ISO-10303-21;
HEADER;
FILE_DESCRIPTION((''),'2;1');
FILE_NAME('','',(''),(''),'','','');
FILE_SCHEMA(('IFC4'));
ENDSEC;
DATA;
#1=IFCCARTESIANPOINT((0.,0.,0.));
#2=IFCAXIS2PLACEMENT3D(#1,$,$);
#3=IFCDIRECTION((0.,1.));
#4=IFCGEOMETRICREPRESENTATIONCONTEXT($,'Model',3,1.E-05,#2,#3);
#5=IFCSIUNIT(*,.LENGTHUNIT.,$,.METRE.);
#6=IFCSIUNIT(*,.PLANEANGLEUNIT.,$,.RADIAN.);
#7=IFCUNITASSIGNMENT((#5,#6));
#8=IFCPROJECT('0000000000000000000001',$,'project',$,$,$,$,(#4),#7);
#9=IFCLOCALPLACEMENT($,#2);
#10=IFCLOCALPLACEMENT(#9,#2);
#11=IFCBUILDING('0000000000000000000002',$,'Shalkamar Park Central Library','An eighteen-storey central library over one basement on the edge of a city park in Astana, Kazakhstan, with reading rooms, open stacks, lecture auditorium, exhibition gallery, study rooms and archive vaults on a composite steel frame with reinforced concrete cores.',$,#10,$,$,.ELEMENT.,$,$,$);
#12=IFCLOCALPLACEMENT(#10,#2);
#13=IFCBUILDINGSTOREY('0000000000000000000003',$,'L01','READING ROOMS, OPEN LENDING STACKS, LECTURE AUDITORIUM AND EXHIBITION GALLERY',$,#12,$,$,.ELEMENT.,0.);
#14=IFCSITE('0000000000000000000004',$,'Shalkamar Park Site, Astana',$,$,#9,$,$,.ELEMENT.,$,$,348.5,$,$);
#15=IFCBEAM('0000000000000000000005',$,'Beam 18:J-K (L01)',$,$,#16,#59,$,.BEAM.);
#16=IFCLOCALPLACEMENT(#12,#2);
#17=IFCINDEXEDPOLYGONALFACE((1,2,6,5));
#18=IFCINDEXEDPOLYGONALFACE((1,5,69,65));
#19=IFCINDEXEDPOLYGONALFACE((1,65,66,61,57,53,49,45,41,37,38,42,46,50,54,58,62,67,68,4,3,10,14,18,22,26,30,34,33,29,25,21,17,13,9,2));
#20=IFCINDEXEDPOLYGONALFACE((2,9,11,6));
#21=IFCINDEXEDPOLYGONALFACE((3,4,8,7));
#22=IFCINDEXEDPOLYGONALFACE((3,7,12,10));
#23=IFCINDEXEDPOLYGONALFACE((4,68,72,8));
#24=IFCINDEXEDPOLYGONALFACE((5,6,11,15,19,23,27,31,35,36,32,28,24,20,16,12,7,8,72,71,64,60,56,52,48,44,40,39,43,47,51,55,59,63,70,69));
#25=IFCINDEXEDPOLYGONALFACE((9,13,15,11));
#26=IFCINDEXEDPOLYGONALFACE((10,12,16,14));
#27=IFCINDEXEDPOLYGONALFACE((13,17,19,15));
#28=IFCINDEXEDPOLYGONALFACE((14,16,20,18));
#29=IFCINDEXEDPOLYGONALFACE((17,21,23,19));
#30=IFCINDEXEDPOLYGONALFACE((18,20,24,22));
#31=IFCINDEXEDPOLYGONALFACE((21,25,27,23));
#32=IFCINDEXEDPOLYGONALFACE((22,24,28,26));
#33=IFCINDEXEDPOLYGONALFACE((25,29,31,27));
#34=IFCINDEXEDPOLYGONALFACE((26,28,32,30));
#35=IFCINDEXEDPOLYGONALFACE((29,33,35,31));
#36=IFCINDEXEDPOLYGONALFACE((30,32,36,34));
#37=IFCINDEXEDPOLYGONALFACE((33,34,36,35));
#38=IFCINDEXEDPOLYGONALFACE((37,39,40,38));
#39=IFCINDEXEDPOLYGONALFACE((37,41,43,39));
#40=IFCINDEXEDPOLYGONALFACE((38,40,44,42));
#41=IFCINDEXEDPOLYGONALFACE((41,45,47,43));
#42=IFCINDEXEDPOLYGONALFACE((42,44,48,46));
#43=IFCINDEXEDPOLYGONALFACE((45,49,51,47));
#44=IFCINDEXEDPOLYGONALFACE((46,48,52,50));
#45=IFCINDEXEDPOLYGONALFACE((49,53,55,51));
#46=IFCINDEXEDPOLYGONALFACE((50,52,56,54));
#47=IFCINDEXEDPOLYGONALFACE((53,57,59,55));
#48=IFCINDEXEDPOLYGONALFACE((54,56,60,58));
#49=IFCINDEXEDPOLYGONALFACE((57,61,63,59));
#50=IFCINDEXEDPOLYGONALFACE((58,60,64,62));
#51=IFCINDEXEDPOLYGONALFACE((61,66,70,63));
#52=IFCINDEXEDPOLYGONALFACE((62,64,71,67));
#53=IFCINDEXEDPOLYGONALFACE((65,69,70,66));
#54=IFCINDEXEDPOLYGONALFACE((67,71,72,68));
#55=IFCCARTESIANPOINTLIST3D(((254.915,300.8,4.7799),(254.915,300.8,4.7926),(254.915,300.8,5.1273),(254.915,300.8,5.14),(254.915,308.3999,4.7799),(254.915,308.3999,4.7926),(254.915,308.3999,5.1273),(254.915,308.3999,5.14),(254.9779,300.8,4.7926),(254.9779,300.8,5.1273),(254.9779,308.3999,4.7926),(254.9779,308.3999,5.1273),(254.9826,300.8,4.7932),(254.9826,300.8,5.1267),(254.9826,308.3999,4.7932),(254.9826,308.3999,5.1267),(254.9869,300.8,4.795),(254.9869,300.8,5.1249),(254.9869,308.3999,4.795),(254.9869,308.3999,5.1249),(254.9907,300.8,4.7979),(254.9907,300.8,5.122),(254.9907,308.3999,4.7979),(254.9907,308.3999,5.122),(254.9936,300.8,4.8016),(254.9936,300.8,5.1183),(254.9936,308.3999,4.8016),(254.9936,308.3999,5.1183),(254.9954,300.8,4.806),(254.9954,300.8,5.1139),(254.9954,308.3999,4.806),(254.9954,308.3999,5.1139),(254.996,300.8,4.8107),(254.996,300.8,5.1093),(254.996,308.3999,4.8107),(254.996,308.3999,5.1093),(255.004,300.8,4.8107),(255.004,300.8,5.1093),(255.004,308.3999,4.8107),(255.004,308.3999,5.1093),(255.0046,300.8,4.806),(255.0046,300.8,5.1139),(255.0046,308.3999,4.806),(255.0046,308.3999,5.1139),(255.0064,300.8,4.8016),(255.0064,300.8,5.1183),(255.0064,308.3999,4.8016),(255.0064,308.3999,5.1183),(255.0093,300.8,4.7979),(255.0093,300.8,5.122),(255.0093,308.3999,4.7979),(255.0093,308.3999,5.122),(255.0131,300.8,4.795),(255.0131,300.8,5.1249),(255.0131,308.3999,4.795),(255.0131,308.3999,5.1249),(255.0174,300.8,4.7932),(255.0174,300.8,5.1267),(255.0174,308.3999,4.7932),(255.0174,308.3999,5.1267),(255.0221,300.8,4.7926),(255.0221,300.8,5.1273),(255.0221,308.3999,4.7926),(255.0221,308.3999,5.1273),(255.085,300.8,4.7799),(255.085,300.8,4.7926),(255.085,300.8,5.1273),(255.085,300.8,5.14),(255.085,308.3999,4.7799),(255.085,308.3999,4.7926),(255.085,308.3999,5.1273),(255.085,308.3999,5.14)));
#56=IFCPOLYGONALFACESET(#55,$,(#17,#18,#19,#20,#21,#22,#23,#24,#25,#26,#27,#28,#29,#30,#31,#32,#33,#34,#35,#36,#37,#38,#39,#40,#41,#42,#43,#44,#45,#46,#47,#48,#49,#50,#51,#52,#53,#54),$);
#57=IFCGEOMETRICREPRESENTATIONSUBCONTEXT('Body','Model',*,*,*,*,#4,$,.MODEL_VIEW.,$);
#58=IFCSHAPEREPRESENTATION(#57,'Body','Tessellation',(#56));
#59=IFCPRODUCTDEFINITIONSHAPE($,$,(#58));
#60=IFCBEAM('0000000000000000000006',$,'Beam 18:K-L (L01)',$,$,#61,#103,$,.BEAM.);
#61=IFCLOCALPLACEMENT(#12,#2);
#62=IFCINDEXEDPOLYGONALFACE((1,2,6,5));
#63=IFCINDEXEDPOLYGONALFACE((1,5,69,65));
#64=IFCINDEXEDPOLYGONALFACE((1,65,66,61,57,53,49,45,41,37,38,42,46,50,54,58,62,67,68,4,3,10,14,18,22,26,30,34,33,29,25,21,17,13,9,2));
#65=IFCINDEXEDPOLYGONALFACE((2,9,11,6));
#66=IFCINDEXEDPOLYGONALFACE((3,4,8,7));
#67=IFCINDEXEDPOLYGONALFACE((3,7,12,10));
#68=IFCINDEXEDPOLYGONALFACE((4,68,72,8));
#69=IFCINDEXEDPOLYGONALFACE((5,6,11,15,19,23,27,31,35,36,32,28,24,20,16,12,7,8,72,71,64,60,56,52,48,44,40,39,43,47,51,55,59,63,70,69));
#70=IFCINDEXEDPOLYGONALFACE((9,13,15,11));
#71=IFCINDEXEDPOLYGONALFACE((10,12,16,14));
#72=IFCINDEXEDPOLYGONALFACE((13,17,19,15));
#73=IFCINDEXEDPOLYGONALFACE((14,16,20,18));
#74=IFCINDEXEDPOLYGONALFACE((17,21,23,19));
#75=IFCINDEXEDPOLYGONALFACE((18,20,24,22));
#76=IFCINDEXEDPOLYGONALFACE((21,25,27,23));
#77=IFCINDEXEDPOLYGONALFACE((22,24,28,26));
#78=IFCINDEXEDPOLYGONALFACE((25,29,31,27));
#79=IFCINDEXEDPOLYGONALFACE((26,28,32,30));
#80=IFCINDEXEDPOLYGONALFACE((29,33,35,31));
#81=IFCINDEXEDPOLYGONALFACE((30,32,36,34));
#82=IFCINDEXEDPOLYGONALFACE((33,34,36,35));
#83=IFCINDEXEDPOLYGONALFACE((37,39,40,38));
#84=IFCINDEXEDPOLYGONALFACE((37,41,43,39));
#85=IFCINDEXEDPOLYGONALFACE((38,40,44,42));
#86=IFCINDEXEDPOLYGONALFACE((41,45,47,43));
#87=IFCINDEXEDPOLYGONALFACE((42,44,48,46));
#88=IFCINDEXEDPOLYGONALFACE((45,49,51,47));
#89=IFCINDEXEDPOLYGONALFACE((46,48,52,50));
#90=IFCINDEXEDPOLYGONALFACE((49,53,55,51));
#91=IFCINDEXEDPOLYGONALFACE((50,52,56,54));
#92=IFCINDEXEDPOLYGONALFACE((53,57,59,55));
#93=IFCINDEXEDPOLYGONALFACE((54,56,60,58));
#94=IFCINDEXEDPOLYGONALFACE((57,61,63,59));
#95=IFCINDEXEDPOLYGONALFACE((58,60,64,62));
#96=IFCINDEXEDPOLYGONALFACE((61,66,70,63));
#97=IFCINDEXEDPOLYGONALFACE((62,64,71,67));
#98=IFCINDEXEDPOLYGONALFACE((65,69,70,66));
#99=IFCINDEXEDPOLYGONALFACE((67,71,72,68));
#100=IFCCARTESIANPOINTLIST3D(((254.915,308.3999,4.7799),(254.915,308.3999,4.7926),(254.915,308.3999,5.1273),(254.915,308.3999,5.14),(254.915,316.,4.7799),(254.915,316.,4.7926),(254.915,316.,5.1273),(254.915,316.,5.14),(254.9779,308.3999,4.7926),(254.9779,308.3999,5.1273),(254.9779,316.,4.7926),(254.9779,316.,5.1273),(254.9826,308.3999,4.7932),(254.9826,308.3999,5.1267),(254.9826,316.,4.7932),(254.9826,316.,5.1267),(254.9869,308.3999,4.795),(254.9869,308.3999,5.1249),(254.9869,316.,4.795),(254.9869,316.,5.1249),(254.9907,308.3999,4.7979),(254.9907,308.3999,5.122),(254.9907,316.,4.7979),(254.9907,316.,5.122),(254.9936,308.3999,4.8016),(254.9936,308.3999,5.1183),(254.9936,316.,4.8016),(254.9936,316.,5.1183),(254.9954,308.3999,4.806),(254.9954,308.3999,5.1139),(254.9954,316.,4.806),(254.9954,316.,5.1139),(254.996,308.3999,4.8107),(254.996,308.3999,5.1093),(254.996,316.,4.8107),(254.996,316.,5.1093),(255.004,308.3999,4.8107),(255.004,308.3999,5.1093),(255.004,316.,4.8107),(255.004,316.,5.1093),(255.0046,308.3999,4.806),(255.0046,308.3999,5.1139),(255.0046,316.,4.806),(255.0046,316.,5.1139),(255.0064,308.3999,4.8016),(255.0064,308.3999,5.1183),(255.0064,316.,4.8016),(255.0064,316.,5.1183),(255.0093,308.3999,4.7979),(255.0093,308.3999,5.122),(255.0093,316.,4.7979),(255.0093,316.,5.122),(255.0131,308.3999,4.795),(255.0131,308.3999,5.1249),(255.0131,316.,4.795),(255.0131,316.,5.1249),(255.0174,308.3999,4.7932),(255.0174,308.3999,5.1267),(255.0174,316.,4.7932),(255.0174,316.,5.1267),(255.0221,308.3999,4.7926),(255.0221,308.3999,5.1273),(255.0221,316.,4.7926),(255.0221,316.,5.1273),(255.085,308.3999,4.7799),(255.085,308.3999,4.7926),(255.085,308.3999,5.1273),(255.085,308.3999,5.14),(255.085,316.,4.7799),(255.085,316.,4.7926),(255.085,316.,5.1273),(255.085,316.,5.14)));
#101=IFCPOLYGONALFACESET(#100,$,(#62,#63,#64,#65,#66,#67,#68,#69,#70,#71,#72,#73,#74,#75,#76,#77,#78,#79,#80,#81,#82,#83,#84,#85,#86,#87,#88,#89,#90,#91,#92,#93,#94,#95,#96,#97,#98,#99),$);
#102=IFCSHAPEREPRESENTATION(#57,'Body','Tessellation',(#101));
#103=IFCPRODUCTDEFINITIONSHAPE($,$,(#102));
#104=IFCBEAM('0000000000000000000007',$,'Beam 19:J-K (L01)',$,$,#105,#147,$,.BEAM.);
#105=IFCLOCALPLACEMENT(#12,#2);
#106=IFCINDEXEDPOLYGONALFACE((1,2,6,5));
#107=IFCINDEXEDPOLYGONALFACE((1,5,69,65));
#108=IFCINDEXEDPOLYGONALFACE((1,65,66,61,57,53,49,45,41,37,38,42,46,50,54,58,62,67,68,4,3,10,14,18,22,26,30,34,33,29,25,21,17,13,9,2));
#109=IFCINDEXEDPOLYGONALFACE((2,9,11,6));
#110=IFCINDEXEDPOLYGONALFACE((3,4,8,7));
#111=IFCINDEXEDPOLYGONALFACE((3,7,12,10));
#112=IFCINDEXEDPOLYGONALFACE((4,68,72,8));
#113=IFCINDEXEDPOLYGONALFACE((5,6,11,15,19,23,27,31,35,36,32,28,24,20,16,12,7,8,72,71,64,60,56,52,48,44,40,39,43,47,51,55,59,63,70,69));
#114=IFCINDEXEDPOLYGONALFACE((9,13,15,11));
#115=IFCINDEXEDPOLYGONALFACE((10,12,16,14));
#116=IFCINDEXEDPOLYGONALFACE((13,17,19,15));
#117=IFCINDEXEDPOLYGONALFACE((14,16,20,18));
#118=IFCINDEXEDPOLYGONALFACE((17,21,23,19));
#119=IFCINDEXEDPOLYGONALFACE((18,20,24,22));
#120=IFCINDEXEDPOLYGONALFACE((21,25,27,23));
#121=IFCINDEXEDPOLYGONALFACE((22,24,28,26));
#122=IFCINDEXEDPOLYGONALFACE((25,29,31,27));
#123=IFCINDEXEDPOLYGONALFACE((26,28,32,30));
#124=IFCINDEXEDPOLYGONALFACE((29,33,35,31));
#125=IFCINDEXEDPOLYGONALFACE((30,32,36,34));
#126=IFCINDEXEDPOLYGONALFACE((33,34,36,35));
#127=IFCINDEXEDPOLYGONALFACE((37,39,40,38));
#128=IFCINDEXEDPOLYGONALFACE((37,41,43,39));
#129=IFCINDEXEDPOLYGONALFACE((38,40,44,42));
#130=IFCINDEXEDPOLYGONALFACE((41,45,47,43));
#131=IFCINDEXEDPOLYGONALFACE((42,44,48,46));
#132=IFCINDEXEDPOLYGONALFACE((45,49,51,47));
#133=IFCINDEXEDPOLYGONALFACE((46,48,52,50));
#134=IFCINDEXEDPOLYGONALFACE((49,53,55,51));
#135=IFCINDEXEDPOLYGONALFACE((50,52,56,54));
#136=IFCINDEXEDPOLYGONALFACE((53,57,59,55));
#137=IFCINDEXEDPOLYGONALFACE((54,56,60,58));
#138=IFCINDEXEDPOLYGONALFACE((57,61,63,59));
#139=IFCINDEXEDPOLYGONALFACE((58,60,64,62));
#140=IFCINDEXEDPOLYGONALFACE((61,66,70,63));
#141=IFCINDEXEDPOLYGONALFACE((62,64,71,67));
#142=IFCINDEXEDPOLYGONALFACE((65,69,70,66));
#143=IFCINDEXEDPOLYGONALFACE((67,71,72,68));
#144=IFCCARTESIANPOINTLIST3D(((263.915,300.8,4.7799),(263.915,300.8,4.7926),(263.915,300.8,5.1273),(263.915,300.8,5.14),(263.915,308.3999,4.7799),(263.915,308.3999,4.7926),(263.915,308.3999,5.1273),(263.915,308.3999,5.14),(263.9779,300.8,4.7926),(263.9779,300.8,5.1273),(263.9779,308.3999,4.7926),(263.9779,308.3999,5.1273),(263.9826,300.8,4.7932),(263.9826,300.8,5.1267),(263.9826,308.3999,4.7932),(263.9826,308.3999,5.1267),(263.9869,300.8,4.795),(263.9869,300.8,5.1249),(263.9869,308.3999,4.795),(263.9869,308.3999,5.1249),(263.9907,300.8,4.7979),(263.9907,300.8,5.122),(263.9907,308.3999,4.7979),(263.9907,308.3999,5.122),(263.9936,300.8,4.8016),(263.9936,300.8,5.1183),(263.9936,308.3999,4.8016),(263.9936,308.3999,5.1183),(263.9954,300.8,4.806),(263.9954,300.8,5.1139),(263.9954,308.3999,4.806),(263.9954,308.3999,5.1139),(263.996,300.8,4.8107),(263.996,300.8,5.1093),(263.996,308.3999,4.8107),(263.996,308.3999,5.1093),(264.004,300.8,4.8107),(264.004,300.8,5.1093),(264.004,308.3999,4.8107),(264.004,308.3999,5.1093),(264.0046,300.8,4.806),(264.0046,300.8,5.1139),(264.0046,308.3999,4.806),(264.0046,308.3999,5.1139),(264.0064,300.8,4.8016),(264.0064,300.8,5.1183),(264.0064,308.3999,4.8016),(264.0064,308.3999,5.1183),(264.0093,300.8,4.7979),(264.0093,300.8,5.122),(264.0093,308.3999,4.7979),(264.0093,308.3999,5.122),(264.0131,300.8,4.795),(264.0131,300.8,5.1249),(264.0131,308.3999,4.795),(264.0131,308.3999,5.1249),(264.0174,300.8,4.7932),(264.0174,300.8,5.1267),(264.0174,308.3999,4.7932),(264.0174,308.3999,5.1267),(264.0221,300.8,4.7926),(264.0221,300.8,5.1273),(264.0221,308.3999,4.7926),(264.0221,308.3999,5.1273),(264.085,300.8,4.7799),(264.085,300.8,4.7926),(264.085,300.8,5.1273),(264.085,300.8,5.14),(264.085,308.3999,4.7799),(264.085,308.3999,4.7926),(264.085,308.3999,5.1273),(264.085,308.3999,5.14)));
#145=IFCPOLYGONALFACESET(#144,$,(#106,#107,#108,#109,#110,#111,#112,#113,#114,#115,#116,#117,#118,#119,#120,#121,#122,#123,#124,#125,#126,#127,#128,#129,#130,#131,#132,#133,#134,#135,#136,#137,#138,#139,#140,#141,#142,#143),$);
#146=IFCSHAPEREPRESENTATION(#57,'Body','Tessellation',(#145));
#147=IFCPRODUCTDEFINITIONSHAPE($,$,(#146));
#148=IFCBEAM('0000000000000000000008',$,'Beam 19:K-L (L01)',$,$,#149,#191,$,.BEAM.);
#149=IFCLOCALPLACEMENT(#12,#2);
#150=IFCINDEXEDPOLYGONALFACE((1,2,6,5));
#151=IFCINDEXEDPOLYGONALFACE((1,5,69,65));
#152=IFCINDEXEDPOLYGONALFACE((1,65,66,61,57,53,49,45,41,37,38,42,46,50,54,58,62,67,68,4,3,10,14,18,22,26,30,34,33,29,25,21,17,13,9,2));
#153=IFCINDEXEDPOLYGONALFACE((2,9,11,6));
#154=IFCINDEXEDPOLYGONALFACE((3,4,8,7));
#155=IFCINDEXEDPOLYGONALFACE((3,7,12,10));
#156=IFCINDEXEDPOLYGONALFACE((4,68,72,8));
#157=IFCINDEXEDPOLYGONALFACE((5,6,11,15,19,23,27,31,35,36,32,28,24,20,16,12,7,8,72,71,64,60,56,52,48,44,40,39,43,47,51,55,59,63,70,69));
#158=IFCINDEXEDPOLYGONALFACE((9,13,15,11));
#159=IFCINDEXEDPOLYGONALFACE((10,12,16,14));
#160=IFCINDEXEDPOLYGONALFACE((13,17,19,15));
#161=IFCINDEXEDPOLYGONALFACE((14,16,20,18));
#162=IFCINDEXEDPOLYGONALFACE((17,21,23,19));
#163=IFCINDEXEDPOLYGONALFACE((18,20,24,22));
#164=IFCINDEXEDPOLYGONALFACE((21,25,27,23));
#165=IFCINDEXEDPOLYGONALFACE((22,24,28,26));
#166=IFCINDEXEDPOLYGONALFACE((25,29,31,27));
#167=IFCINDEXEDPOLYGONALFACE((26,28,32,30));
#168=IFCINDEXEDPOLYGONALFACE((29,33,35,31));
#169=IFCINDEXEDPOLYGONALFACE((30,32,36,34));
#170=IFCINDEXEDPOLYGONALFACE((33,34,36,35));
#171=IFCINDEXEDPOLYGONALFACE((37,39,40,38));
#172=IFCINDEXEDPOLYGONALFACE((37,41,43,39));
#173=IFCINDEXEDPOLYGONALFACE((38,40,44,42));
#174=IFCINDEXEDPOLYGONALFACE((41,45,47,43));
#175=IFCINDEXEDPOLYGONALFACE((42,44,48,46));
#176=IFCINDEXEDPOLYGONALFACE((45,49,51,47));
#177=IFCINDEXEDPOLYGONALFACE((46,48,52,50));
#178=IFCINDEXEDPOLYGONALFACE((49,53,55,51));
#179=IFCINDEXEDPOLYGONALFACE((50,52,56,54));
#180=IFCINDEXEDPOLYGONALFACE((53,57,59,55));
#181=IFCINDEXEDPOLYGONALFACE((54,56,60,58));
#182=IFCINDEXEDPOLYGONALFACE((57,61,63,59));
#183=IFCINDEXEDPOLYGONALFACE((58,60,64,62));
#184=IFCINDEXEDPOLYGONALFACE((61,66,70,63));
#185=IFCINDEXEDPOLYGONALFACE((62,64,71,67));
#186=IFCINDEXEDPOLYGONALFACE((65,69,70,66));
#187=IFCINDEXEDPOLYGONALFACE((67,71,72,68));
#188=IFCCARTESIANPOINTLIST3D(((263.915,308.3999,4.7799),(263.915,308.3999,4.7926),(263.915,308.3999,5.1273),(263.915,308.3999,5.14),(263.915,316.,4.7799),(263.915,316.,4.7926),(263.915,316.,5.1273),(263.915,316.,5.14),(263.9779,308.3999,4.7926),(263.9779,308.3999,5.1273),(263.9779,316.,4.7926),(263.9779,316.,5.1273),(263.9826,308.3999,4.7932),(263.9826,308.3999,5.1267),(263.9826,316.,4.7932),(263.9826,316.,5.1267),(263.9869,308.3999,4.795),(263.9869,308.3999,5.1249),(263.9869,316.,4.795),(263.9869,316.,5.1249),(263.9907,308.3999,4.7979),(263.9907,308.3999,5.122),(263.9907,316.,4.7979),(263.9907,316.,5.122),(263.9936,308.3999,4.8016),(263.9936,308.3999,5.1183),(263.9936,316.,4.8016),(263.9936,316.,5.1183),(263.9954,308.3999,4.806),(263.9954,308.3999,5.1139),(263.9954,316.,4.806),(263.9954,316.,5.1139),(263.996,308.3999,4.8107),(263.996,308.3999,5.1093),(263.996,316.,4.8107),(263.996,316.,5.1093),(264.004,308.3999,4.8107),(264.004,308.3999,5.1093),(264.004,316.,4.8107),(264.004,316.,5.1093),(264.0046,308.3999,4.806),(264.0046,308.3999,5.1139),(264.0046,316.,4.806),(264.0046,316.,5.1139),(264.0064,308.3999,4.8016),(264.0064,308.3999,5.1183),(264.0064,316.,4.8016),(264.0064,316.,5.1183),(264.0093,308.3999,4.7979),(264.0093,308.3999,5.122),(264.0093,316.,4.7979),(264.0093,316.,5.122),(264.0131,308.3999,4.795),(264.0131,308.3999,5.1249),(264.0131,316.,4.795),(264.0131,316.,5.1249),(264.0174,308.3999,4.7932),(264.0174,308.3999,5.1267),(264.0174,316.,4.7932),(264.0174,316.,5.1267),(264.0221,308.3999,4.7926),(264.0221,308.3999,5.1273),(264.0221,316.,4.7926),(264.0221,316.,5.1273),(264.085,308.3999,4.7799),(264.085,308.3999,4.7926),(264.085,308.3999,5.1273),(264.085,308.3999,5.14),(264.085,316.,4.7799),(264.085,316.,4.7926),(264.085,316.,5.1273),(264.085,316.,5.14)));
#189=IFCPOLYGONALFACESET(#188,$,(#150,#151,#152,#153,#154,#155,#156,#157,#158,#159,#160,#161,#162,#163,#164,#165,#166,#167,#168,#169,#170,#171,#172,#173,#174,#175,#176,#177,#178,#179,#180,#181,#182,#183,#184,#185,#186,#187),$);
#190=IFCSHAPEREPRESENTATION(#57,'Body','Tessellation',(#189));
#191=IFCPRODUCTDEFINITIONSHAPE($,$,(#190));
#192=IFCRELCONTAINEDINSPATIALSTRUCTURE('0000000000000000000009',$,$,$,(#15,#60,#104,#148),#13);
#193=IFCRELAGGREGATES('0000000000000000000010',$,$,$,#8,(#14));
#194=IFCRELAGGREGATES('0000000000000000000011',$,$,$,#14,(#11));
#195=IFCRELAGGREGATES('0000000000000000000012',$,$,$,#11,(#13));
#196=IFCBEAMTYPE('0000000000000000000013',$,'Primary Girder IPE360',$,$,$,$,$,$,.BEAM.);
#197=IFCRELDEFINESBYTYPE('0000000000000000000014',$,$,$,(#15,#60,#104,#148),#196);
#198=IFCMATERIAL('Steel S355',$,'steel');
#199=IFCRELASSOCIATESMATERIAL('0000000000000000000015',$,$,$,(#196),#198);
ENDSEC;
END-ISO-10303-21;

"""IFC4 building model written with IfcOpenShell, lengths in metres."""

from ifc_helpers import new_model, si_unit, direction, frame, origin, origin_2d, place, context, subcontext, project, spatial, i_section, extrude, material, material_profile, profile_set, type_object, element, save


model = new_model("IFC4")

# Units and contexts
model_context = context("Model", 3, precision=1e-05, world=origin(), true_north=direction((0.0, 1.0)))
body_context = subcontext(model_context, "Body", "Model", "MODEL_VIEW")
ifc_project = project(units=[si_unit("LENGTHUNIT", "METRE"), si_unit("PLANEANGLEUNIT", "RADIAN")], contexts=[model_context])

# Site, building, storey
site_placement = place(None, origin())
site = spatial("IfcSite", under=ifc_project, at=site_placement, Name="Shalkamar Park Site, Astana", CompositionType="ELEMENT", RefElevation=348.5)
building_placement = place(site_placement, origin())
building = spatial("IfcBuilding", under=site, at=building_placement, Name="Shalkamar Park Central Library", Description="An eighteen-storey central library over one basement on the edge of a city park in Astana, Kazakhstan, with reading rooms, open stacks, lecture auditorium, exhibition gallery, study rooms and archive vaults on a composite steel frame with reinforced concrete cores.", CompositionType="ELEMENT")
storey_placement = place(building_placement, origin())
storey = spatial("IfcBuildingStorey", under=building, at=storey_placement, Name="L01", Description="READING ROOMS, OPEN LENDING STACKS, LECTURE AUDITORIUM AND EXHIBITION GALLERY", CompositionType="ELEMENT", Elevation=0.0)

# Shared definitions
ifc_material_1 = material(Name="Steel S355", Category="steel")

# Beams
ifc_material_profile_1 = material_profile(ifc_material_1, i_section(OverallWidth=0.1699, OverallDepth=0.3601, WebThickness=0.0081, FlangeThickness=0.0127, FilletRadius=0.0181, at=origin_2d()), Name="IPE 360")
ifc_profile_set_1 = profile_set([ifc_material_profile_1], Name="Steel S355")
beam_type_1 = type_object("IfcBeamType", Name="Primary Girder IPE360", PredefinedType="BEAM", material=ifc_profile_set_1)
beam_1_placement = place(storey_placement, frame((255.0, 300.8, 4.96), z_axis=(0.0, 1.0, 0.0), x_axis=(-1.0, 0.0, 0.0)))
element("IfcBeam", 1, at=beam_1_placement, inside=storey, type_object=beam_type_1, Name="Beam 18:J-K (L01)", PredefinedType="BEAM", context=body_context, shape_type="SweptSolid", body=[
    extrude(i_section(OverallWidth=0.1699, OverallDepth=0.3601, WebThickness=0.0081, FlangeThickness=0.0127, FilletRadius=0.0181, at=origin_2d()), origin(), (0.0, 0.0, 1.0), 7.5999),
])
beam_2_placement = place(storey_placement, frame((255.0, 308.3999, 4.96), z_axis=(0.0, 1.0, 0.0), x_axis=(-1.0, 0.0, 0.0)))
element("IfcBeam", 2, at=beam_2_placement, inside=storey, type_object=beam_type_1, Name="Beam 18:K-L (L01)", PredefinedType="BEAM", context=body_context, shape_type="SweptSolid", body=[
    extrude(i_section(OverallWidth=0.1699, OverallDepth=0.3601, WebThickness=0.0081, FlangeThickness=0.0127, FilletRadius=0.0181, at=origin_2d()), origin(), (0.0, 0.0, 1.0), 7.6001),
])
beam_3_placement = place(storey_placement, frame((264.0, 300.8, 4.96), z_axis=(0.0, 1.0, 0.0), x_axis=(-1.0, 0.0, 0.0)))
element("IfcBeam", 3, at=beam_3_placement, inside=storey, type_object=beam_type_1, Name="Beam 19:J-K (L01)", PredefinedType="BEAM", context=body_context, shape_type="SweptSolid", body=[
    extrude(i_section(OverallWidth=0.1699, OverallDepth=0.3601, WebThickness=0.0081, FlangeThickness=0.0127, FilletRadius=0.0181, at=origin_2d()), origin(), (0.0, 0.0, 1.0), 7.5999),
])
beam_4_placement = place(storey_placement, frame((264.0, 308.3999, 4.96), z_axis=(0.0, 1.0, 0.0), x_axis=(-1.0, 0.0, 0.0)))
element("IfcBeam", 4, at=beam_4_placement, inside=storey, type_object=beam_type_1, Name="Beam 19:K-L (L01)", PredefinedType="BEAM", context=body_context, shape_type="SweptSolid", body=[
    extrude(i_section(OverallWidth=0.1699, OverallDepth=0.3601, WebThickness=0.0081, FlangeThickness=0.0127, FilletRadius=0.0181, at=origin_2d()), origin(), (0.0, 0.0, 1.0), 7.6001),
])

save(model, "model.ifc")
